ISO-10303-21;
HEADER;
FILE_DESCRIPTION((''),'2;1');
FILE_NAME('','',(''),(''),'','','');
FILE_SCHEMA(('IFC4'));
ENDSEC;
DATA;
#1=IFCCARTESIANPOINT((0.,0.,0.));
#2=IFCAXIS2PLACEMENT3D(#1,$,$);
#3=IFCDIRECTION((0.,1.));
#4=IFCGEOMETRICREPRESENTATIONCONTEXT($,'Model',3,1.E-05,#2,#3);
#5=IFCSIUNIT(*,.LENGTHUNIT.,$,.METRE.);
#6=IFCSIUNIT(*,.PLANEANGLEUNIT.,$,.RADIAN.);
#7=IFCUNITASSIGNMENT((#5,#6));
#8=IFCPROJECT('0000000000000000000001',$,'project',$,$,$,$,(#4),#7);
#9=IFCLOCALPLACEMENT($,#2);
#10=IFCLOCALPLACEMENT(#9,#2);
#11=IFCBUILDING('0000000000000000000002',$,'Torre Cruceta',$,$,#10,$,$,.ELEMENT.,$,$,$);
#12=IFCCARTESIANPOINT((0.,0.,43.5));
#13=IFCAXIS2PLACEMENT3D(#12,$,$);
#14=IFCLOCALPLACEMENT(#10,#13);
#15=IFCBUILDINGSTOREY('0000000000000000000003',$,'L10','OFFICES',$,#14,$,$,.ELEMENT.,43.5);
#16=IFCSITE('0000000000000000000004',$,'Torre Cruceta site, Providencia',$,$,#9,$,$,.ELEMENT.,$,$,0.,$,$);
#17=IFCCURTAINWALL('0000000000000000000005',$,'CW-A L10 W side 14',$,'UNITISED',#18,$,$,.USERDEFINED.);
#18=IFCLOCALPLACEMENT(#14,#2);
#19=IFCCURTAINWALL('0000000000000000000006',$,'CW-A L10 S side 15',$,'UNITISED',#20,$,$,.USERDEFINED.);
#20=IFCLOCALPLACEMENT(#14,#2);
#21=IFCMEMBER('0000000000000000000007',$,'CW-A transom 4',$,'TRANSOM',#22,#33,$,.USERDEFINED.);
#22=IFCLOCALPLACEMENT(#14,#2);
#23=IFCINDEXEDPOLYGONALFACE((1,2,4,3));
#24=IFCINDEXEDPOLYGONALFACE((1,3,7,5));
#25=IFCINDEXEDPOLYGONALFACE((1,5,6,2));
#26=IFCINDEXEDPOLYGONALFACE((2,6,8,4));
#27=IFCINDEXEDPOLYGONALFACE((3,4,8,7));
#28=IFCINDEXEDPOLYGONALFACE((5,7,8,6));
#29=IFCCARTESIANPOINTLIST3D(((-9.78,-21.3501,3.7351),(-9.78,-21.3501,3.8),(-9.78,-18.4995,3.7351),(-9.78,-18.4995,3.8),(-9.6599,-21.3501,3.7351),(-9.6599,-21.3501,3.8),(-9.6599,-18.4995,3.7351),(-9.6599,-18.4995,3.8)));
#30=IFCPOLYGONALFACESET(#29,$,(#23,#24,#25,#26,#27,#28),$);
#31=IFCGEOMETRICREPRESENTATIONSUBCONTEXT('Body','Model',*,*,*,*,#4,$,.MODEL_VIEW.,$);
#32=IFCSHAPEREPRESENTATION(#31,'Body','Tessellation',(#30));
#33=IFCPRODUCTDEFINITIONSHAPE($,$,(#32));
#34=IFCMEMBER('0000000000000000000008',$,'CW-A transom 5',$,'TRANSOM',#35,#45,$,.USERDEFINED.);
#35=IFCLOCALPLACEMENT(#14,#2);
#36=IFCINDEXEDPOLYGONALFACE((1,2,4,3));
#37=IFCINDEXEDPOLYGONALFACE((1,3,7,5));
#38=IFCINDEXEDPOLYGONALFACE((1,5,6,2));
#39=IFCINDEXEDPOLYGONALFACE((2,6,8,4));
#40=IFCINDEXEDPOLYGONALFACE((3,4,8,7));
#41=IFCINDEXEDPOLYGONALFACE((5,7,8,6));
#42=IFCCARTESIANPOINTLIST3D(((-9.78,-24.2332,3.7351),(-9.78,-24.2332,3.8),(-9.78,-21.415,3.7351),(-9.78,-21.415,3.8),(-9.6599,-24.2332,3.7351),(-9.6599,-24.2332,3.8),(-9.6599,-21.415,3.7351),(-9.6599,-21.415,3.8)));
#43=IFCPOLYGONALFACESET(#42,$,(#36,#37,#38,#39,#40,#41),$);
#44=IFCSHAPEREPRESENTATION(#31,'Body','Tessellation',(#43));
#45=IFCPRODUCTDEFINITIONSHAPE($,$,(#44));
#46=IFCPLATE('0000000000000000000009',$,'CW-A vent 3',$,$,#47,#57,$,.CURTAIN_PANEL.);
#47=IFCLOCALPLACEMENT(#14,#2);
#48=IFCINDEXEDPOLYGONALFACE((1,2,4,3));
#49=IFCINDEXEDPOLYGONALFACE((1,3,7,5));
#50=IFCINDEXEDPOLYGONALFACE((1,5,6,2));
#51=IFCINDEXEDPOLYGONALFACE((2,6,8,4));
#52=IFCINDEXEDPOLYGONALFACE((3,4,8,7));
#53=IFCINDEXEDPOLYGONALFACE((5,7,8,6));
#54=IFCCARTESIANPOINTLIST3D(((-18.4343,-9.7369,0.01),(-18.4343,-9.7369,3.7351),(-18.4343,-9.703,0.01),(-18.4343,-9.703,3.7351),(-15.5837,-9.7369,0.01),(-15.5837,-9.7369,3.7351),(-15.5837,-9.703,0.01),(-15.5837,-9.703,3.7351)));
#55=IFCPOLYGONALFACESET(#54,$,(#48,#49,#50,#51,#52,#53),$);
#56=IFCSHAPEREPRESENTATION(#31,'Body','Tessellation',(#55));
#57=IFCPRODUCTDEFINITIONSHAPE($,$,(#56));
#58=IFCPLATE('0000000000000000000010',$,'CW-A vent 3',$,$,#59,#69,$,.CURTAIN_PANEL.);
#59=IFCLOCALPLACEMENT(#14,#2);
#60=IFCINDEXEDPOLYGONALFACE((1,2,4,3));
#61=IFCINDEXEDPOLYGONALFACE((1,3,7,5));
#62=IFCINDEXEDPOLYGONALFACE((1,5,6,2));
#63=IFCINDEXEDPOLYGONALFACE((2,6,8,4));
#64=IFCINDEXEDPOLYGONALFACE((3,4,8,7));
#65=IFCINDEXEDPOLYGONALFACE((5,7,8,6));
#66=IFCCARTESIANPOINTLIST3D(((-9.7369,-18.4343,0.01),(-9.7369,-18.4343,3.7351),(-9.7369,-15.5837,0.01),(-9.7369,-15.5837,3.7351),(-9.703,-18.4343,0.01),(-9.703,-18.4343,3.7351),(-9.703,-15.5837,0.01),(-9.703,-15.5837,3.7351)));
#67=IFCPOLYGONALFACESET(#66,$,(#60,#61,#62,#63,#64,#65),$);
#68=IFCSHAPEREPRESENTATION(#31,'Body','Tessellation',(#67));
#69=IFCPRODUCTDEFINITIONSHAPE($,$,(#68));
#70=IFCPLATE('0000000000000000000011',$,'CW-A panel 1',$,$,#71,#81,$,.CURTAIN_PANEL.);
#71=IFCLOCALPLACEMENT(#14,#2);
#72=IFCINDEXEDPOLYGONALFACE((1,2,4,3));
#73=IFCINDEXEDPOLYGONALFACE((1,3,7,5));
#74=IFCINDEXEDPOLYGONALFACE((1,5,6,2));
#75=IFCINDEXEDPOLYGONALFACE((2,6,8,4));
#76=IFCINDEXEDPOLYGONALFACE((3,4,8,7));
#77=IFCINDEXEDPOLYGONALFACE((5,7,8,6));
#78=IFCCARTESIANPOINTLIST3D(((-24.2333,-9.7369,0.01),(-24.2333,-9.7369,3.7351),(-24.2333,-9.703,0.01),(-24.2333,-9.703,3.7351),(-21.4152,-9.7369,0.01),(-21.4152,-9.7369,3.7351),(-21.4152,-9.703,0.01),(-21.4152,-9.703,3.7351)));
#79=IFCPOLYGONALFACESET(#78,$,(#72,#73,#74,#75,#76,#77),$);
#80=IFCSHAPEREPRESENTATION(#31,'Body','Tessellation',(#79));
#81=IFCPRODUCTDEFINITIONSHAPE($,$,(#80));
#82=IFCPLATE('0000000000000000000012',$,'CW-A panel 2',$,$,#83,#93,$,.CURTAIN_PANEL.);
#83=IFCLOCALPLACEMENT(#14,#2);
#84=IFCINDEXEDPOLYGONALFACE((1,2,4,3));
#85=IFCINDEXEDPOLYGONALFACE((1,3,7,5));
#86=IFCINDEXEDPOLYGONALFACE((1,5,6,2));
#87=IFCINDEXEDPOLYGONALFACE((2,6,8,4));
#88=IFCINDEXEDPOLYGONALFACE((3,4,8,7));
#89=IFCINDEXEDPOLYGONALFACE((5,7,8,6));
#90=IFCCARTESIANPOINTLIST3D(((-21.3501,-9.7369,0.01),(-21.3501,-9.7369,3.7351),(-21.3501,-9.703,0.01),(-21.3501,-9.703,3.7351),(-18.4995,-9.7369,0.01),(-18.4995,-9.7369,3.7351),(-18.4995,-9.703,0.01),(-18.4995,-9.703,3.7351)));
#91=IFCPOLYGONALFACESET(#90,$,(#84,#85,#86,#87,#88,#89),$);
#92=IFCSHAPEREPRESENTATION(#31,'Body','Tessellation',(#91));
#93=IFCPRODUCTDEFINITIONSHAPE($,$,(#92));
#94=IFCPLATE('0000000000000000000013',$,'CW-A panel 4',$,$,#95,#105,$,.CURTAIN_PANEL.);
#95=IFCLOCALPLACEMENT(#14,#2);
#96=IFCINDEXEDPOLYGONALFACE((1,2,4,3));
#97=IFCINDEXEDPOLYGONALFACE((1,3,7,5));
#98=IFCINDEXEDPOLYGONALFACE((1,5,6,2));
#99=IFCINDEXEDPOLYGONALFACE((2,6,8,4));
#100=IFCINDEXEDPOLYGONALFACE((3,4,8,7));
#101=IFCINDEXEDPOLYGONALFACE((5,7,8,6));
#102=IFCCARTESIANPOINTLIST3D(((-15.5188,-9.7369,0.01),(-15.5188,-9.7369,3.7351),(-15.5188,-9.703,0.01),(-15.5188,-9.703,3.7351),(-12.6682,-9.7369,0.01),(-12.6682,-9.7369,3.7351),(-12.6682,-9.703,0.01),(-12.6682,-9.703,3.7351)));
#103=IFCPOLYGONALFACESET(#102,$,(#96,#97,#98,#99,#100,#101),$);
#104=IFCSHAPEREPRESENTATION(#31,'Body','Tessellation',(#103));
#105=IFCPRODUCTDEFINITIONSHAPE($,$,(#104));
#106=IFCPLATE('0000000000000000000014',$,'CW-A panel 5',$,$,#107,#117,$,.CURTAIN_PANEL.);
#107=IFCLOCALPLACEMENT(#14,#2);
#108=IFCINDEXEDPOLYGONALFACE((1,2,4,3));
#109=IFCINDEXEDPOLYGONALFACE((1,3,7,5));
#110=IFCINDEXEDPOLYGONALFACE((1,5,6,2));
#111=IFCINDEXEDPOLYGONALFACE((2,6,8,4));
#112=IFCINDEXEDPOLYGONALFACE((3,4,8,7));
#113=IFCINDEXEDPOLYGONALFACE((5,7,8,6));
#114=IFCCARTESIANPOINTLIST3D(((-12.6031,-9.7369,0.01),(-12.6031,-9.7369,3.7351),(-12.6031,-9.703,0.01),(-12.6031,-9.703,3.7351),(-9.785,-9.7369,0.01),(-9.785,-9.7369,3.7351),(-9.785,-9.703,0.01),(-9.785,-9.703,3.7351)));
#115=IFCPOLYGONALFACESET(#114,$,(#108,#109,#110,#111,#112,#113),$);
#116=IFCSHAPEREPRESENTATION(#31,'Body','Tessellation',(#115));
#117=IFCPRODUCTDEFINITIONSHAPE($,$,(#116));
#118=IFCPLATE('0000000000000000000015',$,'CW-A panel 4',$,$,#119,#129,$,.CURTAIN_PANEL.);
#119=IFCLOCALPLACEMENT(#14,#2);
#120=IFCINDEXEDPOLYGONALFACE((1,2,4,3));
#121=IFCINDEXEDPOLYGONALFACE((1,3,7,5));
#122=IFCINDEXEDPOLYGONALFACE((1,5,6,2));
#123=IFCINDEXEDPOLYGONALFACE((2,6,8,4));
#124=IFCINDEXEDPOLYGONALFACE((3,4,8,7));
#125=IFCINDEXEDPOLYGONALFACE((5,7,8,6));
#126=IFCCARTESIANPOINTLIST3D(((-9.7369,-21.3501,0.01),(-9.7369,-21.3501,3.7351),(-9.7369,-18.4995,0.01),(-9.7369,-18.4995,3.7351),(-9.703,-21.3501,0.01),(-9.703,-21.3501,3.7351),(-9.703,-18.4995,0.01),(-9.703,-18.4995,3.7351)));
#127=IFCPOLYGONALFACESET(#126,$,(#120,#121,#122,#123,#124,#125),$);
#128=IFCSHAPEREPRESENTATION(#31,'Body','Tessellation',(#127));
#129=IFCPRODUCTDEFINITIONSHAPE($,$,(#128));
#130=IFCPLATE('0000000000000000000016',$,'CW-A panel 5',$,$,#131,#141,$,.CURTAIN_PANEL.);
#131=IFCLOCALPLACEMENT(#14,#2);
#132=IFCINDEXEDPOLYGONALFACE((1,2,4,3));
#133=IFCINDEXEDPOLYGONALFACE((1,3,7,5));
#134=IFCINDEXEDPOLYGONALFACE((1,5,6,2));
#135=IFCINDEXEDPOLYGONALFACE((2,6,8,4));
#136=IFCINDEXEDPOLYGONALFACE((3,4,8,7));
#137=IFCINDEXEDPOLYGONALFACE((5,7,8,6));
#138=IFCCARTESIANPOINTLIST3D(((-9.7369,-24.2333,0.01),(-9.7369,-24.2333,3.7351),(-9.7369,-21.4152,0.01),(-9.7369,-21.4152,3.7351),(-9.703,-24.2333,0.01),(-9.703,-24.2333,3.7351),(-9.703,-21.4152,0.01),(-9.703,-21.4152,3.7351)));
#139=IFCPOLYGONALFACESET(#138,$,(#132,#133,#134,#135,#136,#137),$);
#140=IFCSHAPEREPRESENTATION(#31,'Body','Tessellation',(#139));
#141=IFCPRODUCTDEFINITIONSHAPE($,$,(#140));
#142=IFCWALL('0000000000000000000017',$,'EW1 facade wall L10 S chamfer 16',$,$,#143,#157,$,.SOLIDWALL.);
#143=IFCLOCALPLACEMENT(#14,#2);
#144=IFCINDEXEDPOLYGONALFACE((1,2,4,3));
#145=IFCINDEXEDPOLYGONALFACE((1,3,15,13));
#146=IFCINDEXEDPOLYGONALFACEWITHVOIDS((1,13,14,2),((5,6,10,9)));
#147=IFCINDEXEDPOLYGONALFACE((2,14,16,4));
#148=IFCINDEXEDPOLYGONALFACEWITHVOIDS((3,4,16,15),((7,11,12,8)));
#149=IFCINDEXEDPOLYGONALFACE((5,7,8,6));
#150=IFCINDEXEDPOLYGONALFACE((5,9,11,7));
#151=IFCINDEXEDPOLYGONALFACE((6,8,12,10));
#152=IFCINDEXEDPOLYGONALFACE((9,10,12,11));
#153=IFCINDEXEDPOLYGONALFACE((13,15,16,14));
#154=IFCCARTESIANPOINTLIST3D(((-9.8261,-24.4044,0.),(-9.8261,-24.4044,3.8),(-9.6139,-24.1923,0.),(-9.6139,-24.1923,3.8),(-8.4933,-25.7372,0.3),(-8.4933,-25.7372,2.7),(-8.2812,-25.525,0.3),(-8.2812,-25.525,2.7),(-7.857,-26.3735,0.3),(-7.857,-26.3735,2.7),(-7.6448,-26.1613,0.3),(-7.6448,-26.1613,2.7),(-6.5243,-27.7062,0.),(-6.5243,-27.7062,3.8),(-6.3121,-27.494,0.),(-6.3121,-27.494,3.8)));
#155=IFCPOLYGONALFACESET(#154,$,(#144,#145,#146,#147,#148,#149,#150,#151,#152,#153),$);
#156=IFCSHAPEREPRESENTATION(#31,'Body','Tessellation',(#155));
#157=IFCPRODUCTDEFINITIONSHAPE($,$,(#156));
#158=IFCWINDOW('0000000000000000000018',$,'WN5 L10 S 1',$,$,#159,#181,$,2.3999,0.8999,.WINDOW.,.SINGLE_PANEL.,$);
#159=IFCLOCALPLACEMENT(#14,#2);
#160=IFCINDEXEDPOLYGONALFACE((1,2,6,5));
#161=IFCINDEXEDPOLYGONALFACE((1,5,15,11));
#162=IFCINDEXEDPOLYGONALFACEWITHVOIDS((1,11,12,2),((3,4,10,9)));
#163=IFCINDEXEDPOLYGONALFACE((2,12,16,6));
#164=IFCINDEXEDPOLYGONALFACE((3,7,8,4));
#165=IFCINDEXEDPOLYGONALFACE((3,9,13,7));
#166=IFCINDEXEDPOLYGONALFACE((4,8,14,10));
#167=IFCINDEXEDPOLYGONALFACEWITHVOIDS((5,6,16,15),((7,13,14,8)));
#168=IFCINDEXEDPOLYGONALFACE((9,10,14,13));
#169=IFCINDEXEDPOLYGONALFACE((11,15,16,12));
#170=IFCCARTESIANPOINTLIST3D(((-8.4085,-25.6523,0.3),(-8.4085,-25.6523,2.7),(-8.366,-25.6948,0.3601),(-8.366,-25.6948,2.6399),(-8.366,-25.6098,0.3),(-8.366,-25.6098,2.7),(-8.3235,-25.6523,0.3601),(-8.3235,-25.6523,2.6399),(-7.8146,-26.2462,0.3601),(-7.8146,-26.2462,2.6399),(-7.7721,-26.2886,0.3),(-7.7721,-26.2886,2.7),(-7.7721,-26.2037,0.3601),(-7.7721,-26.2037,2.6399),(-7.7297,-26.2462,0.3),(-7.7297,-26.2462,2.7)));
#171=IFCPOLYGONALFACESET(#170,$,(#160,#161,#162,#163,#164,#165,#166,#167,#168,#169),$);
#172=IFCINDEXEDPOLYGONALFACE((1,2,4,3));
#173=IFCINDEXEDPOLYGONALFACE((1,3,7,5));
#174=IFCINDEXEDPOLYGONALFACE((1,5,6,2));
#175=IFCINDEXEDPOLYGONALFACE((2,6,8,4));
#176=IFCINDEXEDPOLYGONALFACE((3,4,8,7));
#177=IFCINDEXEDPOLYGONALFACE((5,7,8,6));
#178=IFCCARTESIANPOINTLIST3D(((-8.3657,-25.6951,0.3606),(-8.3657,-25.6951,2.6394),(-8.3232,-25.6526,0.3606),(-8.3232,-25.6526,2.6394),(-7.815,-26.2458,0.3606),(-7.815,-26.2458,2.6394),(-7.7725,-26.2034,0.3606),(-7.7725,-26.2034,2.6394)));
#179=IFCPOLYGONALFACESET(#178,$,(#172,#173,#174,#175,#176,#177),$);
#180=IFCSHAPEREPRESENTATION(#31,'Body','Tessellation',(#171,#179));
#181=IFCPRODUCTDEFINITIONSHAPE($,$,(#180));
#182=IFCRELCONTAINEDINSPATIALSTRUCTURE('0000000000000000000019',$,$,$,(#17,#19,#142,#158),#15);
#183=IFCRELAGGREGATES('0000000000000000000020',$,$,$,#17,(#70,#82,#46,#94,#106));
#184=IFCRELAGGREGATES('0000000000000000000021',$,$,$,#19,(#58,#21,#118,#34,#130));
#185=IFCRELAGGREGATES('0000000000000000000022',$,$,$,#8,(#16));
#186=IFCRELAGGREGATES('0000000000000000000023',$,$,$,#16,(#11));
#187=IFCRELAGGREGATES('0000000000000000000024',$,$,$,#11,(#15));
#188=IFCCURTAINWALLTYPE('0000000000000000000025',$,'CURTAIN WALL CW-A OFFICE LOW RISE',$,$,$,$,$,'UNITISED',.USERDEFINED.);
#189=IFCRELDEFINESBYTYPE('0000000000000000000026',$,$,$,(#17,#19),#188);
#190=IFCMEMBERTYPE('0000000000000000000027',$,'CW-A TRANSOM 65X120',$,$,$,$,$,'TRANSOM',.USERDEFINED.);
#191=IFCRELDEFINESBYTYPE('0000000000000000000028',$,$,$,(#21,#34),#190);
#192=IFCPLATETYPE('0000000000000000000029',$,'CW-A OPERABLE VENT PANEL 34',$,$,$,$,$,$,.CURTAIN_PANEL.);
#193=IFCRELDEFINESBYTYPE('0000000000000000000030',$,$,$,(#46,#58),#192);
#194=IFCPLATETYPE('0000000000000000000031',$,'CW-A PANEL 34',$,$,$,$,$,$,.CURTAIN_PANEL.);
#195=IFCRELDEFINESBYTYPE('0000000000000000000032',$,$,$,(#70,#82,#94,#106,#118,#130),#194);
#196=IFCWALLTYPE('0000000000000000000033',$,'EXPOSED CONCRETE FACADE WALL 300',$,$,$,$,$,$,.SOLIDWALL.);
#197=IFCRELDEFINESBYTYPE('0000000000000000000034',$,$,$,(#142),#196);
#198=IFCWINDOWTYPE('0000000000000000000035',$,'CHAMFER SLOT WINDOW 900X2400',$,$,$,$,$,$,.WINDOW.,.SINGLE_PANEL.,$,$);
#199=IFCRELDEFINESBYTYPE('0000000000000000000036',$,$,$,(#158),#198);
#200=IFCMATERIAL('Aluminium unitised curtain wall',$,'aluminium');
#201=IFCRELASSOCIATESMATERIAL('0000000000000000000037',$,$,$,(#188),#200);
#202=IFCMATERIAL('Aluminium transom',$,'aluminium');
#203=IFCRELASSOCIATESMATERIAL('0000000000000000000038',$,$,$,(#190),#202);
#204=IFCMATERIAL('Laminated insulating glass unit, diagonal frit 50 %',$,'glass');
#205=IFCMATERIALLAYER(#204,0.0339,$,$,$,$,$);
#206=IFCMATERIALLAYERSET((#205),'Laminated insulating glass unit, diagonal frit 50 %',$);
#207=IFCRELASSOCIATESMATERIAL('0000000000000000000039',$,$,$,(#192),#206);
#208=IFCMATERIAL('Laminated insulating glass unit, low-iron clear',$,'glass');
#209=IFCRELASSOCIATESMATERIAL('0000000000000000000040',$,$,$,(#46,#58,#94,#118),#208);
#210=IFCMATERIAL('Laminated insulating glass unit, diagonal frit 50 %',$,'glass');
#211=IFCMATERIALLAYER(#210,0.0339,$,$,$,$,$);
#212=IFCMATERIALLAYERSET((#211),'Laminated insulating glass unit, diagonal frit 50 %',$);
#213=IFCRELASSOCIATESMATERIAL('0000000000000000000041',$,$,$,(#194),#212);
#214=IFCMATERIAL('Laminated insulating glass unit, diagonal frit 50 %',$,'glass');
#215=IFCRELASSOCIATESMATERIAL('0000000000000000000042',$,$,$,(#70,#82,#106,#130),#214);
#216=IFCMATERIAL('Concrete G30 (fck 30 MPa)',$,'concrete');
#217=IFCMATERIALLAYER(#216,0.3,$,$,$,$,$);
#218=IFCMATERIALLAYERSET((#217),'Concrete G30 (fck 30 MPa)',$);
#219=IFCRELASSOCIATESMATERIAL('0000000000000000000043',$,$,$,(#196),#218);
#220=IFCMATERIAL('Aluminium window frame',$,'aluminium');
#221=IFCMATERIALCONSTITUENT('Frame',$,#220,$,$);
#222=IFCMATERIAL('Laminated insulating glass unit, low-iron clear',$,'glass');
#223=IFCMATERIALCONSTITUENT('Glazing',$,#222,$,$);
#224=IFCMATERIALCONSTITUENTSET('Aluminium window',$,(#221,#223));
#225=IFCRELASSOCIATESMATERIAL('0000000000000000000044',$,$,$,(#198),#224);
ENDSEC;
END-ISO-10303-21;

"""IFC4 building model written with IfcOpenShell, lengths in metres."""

from ifc_helpers import new_model, si_unit, direction, frame, frame_2d, origin, origin_2d, place, context, subcontext, project, spatial, rectangle, hollow_rectangle, extrude, material, layer, layer_set, constituent, constituent_set, material_profile, profile_set, type_object, element, fill, aggregate, save


model = new_model("IFC4")

# Units and contexts
model_context = context("Model", 3, precision=1e-05, world=origin(), true_north=direction((0.0, 1.0)))
body_context = subcontext(model_context, "Body", "Model", "MODEL_VIEW")
ifc_project = project(units=[si_unit("LENGTHUNIT", "METRE"), si_unit("PLANEANGLEUNIT", "RADIAN")], contexts=[model_context])

# Site, building, storey
site_placement = place(None, origin())
site = spatial("IfcSite", under=ifc_project, at=site_placement, Name="Torre Cruceta site, Providencia", CompositionType="ELEMENT", RefElevation=0.0)
building_placement = place(site_placement, origin())
building = spatial("IfcBuilding", under=site, at=building_placement, Name="Torre Cruceta", CompositionType="ELEMENT")
storey_placement = place(building_placement, frame((0.0, 0.0, 43.5)))
storey = spatial("IfcBuildingStorey", under=building, at=storey_placement, Name="L10", Description="OFFICES", CompositionType="ELEMENT", Elevation=43.5)

# Curtain walls
ifc_material_1 = material(Name="Aluminium unitised curtain wall", Category="aluminium")
curtain_wall_type = type_object("IfcCurtainWallType", Name="CURTAIN WALL CW-A OFFICE LOW RISE", ElementType="UNITISED", PredefinedType="USERDEFINED", material=ifc_material_1)
curtain_wall_1_placement = place(storey_placement, origin())
curtain_wall_1 = element("IfcCurtainWall", 1, at=curtain_wall_1_placement, inside=storey, type_object=curtain_wall_type, Name="CW-A L10 W side 14", ObjectType="UNITISED", PredefinedType="USERDEFINED")
curtain_wall_2_placement = place(storey_placement, origin())
curtain_wall_2 = element("IfcCurtainWall", 2, at=curtain_wall_2_placement, inside=storey, type_object=curtain_wall_type, Name="CW-A L10 S side 15", ObjectType="UNITISED", PredefinedType="USERDEFINED")

# Members
ifc_material_2 = material(Name="Aluminium transom", Category="aluminium")
ifc_material_profile_1 = material_profile(ifc_material_2, rectangle(XDim=0.1201, YDim=0.0649, at=origin_2d()), Name="AL 120X65")
ifc_profile_set_1 = profile_set([ifc_material_profile_1], Name="Aluminium transom")
member_type_1 = type_object("IfcMemberType", Name="CW-A TRANSOM 65X120", ElementType="TRANSOM", PredefinedType="USERDEFINED", material=ifc_profile_set_1)
member_1_placement = place(storey_placement, frame((-9.72, -18.4995, 3.7676), z_axis=(0.0, -1.0, 0.0), x_axis=(1.0, 0.0, 0.0)))
member_1 = element("IfcMember", 3, at=member_1_placement, type_object=member_type_1, Name="CW-A transom 4", ObjectType="TRANSOM", PredefinedType="USERDEFINED", context=body_context, shape_type="SweptSolid", body=[
    extrude(rectangle(XDim=0.1201, YDim=0.0649, at=origin_2d()), origin(), (0.0, 0.0, 1.0), 2.8506),
])
member_2_placement = place(storey_placement, frame((-9.72, -21.415, 3.7676), z_axis=(0.0, -1.0, 0.0), x_axis=(1.0, 0.0, 0.0)))
member_2 = element("IfcMember", 4, at=member_2_placement, type_object=member_type_1, Name="CW-A transom 5", ObjectType="TRANSOM", PredefinedType="USERDEFINED", context=body_context, shape_type="SweptSolid", body=[
    extrude(rectangle(XDim=0.1201, YDim=0.0649, at=origin_2d()), origin(), (0.0, 0.0, 1.0), 2.8181),
])

# Plates
ifc_material_3 = material(Name="Laminated insulating glass unit, low-iron clear", Category="glass")
ifc_material_4 = material(Name="Laminated insulating glass unit, diagonal frit 50 %", Category="glass")
ifc_layer_1 = layer(ifc_material_4, 0.0339)
ifc_layer_set_1 = layer_set([ifc_layer_1], Name="Laminated insulating glass unit, diagonal frit 50 %")
plate_type_1 = type_object("IfcPlateType", Name="CW-A OPERABLE VENT PANEL 34", PredefinedType="CURTAIN_PANEL", material=ifc_layer_set_1)
plate_1_placement = place(storey_placement, frame((-17.009, -9.72, 0.01), z_axis=(0.0, 0.0, 1.0), x_axis=(1.0, 0.0, 0.0)))
plate_1 = element("IfcPlate", 5, at=plate_1_placement, type_object=plate_type_1, material=ifc_material_3, Name="CW-A vent 3", PredefinedType="CURTAIN_PANEL", context=body_context, shape_type="SweptSolid", body=[
    extrude(rectangle(XDim=2.8506, YDim=0.0339, at=origin_2d()), origin(), (0.0, 0.0, 1.0), 3.7251),
])
plate_2_placement = place(storey_placement, frame((-9.72, -17.009, 0.01), z_axis=(0.0, 0.0, 1.0), x_axis=(0.0, -1.0, 0.0)))
plate_2 = element("IfcPlate", 6, at=plate_2_placement, type_object=plate_type_1, material=ifc_material_3, Name="CW-A vent 3", PredefinedType="CURTAIN_PANEL", context=body_context, shape_type="SweptSolid", body=[
    extrude(rectangle(XDim=2.8506, YDim=0.0339, at=origin_2d()), origin(), (0.0, 0.0, 1.0), 3.7251),
])
ifc_material_5 = material(Name="Laminated insulating glass unit, diagonal frit 50 %", Category="glass")
ifc_material_6 = material(Name="Laminated insulating glass unit, diagonal frit 50 %", Category="glass")
ifc_layer_2 = layer(ifc_material_6, 0.0339)
ifc_layer_set_2 = layer_set([ifc_layer_2], Name="Laminated insulating glass unit, diagonal frit 50 %")
plate_type_2 = type_object("IfcPlateType", Name="CW-A PANEL 34", PredefinedType="CURTAIN_PANEL", material=ifc_layer_set_2)
plate_3_placement = place(storey_placement, frame((-22.8242, -9.72, 0.01), z_axis=(0.0, 0.0, 1.0), x_axis=(1.0, 0.0, 0.0)))
plate_3 = element("IfcPlate", 7, at=plate_3_placement, type_object=plate_type_2, material=ifc_material_5, Name="CW-A panel 1", PredefinedType="CURTAIN_PANEL", context=body_context, shape_type="SweptSolid", body=[
    extrude(rectangle(XDim=2.8181, YDim=0.0339, at=origin_2d()), origin(), (0.0, 0.0, 1.0), 3.7251),
])
plate_4_placement = place(storey_placement, frame((-19.9248, -9.72, 0.01), z_axis=(0.0, 0.0, 1.0), x_axis=(1.0, 0.0, 0.0)))
plate_4 = element("IfcPlate", 8, at=plate_4_placement, type_object=plate_type_2, material=ifc_material_5, Name="CW-A panel 2", PredefinedType="CURTAIN_PANEL", context=body_context, shape_type="SweptSolid", body=[
    extrude(rectangle(XDim=2.8506, YDim=0.0339, at=origin_2d()), origin(), (0.0, 0.0, 1.0), 3.7251),
])
plate_5_placement = place(storey_placement, frame((-14.0935, -9.72, 0.01), z_axis=(0.0, 0.0, 1.0), x_axis=(1.0, 0.0, 0.0)))
plate_5 = element("IfcPlate", 9, at=plate_5_placement, type_object=plate_type_2, material=ifc_material_3, Name="CW-A panel 4", PredefinedType="CURTAIN_PANEL", context=body_context, shape_type="SweptSolid", body=[
    extrude(rectangle(XDim=2.8506, YDim=0.0339, at=origin_2d()), origin(), (0.0, 0.0, 1.0), 3.7251),
])
plate_6_placement = place(storey_placement, frame((-11.1941, -9.72, 0.01), z_axis=(0.0, 0.0, 1.0), x_axis=(1.0, 0.0, 0.0)))
plate_6 = element("IfcPlate", 10, at=plate_6_placement, type_object=plate_type_2, material=ifc_material_5, Name="CW-A panel 5", PredefinedType="CURTAIN_PANEL", context=body_context, shape_type="SweptSolid", body=[
    extrude(rectangle(XDim=2.8181, YDim=0.0339, at=origin_2d()), origin(), (0.0, 0.0, 1.0), 3.7251),
])
aggregate(curtain_wall_1, [plate_3, plate_4, plate_1, plate_5, plate_6])
plate_7_placement = place(storey_placement, frame((-9.72, -19.9248, 0.01), z_axis=(0.0, 0.0, 1.0), x_axis=(0.0, -1.0, 0.0)))
plate_7 = element("IfcPlate", 11, at=plate_7_placement, type_object=plate_type_2, material=ifc_material_3, Name="CW-A panel 4", PredefinedType="CURTAIN_PANEL", context=body_context, shape_type="SweptSolid", body=[
    extrude(rectangle(XDim=2.8506, YDim=0.0339, at=origin_2d()), origin(), (0.0, 0.0, 1.0), 3.7251),
])
plate_8_placement = place(storey_placement, frame((-9.72, -22.8242, 0.01), z_axis=(0.0, 0.0, 1.0), x_axis=(0.0, -1.0, 0.0)))
plate_8 = element("IfcPlate", 12, at=plate_8_placement, type_object=plate_type_2, material=ifc_material_5, Name="CW-A panel 5", PredefinedType="CURTAIN_PANEL", context=body_context, shape_type="SweptSolid", body=[
    extrude(rectangle(XDim=2.8181, YDim=0.0339, at=origin_2d()), origin(), (0.0, 0.0, 1.0), 3.7251),
])
aggregate(curtain_wall_2, [plate_2, member_1, plate_7, member_2, plate_8])

# Wall, opening, window
ifc_material_7 = material(Name="Concrete G30 (fck 30 MPa)", Category="concrete")
ifc_layer_3 = layer(ifc_material_7, 0.3)
ifc_layer_set_3 = layer_set([ifc_layer_3], Name="Concrete G30 (fck 30 MPa)")
wall_type = type_object("IfcWallType", Name="EXPOSED CONCRETE FACADE WALL 300", PredefinedType="SOLIDWALL", material=ifc_layer_set_3)
wall_placement = place(storey_placement, frame((-9.72, -24.2983, 0.0), z_axis=(0.0, 0.0, 1.0), x_axis=(0.707107, -0.707107, 0.0)))
wall = element("IfcWall", 13, at=wall_placement, inside=storey, type_object=wall_type, Name="EW1 facade wall L10 S chamfer 16", PredefinedType="SOLIDWALL", context=body_context, shape_type="SweptSolid", body=[
    extrude(rectangle(XDim=4.6694, YDim=0.3, at=frame_2d((2.3347, 0.0))), origin(), (0.0, 0.0, 1.0), 3.8),
])
opening_placement = place(wall_placement, frame((1.8848, 0.0, 0.3)))
opening = element("IfcOpeningElement", 14, at=opening_placement, cuts=wall, PredefinedType="OPENING", context=body_context, shape_type="SweptSolid", body=[
    extrude(rectangle(XDim=0.8999, YDim=2.3999, at=frame_2d((0.45, 1.2))), frame((0.0, 0.1599, 0.0), z_axis=(0.0, -1.0, 0.0), x_axis=(1.0, 0.0, 0.0)), (0.0, 0.0, 1.0), 0.3201),
])
ifc_material_8 = material(Name="Aluminium window frame", Category="aluminium")
ifc_constituent_1 = constituent(ifc_material_8, Name="Frame")
ifc_material_9 = material(Name="Laminated insulating glass unit, low-iron clear", Category="glass")
ifc_constituent_2 = constituent(ifc_material_9, Name="Glazing")
ifc_constituent_set = constituent_set(constituents=[ifc_constituent_1, ifc_constituent_2], Name="Aluminium window")
window_type = type_object("IfcWindowType", Name="CHAMFER SLOT WINDOW 900X2400", PartitioningType="SINGLE_PANEL", PredefinedType="WINDOW", material=ifc_constituent_set)
window_placement = place(opening_placement, origin())
window = element("IfcWindow", 15, at=window_placement, inside=storey, type_object=window_type, Name="WN5 L10 S 1", OverallHeight=2.3999, OverallWidth=0.8999, PartitioningType="SINGLE_PANEL", PredefinedType="WINDOW", context=body_context, shape_type="SweptSolid", body=[
    extrude(hollow_rectangle(XDim=0.8999, YDim=2.3999, WallThickness=0.0601, at=frame_2d((0.45, 1.2))), frame((0.0, 0.03, 0.0), z_axis=(0.0, -1.0, 0.0), x_axis=(1.0, 0.0, 0.0)), (0.0, 0.0, 1.0), 0.0601),
    extrude(rectangle(XDim=0.7788, YDim=2.2788, at=frame_2d((0.45, 1.2))), frame((0.0, 0.03, 0.0), z_axis=(0.0, -1.0, 0.0), x_axis=(1.0, 0.0, 0.0)), (0.0, 0.0, 1.0), 0.0601),
])
fill(opening, window)

save(model, "model.ifc")
